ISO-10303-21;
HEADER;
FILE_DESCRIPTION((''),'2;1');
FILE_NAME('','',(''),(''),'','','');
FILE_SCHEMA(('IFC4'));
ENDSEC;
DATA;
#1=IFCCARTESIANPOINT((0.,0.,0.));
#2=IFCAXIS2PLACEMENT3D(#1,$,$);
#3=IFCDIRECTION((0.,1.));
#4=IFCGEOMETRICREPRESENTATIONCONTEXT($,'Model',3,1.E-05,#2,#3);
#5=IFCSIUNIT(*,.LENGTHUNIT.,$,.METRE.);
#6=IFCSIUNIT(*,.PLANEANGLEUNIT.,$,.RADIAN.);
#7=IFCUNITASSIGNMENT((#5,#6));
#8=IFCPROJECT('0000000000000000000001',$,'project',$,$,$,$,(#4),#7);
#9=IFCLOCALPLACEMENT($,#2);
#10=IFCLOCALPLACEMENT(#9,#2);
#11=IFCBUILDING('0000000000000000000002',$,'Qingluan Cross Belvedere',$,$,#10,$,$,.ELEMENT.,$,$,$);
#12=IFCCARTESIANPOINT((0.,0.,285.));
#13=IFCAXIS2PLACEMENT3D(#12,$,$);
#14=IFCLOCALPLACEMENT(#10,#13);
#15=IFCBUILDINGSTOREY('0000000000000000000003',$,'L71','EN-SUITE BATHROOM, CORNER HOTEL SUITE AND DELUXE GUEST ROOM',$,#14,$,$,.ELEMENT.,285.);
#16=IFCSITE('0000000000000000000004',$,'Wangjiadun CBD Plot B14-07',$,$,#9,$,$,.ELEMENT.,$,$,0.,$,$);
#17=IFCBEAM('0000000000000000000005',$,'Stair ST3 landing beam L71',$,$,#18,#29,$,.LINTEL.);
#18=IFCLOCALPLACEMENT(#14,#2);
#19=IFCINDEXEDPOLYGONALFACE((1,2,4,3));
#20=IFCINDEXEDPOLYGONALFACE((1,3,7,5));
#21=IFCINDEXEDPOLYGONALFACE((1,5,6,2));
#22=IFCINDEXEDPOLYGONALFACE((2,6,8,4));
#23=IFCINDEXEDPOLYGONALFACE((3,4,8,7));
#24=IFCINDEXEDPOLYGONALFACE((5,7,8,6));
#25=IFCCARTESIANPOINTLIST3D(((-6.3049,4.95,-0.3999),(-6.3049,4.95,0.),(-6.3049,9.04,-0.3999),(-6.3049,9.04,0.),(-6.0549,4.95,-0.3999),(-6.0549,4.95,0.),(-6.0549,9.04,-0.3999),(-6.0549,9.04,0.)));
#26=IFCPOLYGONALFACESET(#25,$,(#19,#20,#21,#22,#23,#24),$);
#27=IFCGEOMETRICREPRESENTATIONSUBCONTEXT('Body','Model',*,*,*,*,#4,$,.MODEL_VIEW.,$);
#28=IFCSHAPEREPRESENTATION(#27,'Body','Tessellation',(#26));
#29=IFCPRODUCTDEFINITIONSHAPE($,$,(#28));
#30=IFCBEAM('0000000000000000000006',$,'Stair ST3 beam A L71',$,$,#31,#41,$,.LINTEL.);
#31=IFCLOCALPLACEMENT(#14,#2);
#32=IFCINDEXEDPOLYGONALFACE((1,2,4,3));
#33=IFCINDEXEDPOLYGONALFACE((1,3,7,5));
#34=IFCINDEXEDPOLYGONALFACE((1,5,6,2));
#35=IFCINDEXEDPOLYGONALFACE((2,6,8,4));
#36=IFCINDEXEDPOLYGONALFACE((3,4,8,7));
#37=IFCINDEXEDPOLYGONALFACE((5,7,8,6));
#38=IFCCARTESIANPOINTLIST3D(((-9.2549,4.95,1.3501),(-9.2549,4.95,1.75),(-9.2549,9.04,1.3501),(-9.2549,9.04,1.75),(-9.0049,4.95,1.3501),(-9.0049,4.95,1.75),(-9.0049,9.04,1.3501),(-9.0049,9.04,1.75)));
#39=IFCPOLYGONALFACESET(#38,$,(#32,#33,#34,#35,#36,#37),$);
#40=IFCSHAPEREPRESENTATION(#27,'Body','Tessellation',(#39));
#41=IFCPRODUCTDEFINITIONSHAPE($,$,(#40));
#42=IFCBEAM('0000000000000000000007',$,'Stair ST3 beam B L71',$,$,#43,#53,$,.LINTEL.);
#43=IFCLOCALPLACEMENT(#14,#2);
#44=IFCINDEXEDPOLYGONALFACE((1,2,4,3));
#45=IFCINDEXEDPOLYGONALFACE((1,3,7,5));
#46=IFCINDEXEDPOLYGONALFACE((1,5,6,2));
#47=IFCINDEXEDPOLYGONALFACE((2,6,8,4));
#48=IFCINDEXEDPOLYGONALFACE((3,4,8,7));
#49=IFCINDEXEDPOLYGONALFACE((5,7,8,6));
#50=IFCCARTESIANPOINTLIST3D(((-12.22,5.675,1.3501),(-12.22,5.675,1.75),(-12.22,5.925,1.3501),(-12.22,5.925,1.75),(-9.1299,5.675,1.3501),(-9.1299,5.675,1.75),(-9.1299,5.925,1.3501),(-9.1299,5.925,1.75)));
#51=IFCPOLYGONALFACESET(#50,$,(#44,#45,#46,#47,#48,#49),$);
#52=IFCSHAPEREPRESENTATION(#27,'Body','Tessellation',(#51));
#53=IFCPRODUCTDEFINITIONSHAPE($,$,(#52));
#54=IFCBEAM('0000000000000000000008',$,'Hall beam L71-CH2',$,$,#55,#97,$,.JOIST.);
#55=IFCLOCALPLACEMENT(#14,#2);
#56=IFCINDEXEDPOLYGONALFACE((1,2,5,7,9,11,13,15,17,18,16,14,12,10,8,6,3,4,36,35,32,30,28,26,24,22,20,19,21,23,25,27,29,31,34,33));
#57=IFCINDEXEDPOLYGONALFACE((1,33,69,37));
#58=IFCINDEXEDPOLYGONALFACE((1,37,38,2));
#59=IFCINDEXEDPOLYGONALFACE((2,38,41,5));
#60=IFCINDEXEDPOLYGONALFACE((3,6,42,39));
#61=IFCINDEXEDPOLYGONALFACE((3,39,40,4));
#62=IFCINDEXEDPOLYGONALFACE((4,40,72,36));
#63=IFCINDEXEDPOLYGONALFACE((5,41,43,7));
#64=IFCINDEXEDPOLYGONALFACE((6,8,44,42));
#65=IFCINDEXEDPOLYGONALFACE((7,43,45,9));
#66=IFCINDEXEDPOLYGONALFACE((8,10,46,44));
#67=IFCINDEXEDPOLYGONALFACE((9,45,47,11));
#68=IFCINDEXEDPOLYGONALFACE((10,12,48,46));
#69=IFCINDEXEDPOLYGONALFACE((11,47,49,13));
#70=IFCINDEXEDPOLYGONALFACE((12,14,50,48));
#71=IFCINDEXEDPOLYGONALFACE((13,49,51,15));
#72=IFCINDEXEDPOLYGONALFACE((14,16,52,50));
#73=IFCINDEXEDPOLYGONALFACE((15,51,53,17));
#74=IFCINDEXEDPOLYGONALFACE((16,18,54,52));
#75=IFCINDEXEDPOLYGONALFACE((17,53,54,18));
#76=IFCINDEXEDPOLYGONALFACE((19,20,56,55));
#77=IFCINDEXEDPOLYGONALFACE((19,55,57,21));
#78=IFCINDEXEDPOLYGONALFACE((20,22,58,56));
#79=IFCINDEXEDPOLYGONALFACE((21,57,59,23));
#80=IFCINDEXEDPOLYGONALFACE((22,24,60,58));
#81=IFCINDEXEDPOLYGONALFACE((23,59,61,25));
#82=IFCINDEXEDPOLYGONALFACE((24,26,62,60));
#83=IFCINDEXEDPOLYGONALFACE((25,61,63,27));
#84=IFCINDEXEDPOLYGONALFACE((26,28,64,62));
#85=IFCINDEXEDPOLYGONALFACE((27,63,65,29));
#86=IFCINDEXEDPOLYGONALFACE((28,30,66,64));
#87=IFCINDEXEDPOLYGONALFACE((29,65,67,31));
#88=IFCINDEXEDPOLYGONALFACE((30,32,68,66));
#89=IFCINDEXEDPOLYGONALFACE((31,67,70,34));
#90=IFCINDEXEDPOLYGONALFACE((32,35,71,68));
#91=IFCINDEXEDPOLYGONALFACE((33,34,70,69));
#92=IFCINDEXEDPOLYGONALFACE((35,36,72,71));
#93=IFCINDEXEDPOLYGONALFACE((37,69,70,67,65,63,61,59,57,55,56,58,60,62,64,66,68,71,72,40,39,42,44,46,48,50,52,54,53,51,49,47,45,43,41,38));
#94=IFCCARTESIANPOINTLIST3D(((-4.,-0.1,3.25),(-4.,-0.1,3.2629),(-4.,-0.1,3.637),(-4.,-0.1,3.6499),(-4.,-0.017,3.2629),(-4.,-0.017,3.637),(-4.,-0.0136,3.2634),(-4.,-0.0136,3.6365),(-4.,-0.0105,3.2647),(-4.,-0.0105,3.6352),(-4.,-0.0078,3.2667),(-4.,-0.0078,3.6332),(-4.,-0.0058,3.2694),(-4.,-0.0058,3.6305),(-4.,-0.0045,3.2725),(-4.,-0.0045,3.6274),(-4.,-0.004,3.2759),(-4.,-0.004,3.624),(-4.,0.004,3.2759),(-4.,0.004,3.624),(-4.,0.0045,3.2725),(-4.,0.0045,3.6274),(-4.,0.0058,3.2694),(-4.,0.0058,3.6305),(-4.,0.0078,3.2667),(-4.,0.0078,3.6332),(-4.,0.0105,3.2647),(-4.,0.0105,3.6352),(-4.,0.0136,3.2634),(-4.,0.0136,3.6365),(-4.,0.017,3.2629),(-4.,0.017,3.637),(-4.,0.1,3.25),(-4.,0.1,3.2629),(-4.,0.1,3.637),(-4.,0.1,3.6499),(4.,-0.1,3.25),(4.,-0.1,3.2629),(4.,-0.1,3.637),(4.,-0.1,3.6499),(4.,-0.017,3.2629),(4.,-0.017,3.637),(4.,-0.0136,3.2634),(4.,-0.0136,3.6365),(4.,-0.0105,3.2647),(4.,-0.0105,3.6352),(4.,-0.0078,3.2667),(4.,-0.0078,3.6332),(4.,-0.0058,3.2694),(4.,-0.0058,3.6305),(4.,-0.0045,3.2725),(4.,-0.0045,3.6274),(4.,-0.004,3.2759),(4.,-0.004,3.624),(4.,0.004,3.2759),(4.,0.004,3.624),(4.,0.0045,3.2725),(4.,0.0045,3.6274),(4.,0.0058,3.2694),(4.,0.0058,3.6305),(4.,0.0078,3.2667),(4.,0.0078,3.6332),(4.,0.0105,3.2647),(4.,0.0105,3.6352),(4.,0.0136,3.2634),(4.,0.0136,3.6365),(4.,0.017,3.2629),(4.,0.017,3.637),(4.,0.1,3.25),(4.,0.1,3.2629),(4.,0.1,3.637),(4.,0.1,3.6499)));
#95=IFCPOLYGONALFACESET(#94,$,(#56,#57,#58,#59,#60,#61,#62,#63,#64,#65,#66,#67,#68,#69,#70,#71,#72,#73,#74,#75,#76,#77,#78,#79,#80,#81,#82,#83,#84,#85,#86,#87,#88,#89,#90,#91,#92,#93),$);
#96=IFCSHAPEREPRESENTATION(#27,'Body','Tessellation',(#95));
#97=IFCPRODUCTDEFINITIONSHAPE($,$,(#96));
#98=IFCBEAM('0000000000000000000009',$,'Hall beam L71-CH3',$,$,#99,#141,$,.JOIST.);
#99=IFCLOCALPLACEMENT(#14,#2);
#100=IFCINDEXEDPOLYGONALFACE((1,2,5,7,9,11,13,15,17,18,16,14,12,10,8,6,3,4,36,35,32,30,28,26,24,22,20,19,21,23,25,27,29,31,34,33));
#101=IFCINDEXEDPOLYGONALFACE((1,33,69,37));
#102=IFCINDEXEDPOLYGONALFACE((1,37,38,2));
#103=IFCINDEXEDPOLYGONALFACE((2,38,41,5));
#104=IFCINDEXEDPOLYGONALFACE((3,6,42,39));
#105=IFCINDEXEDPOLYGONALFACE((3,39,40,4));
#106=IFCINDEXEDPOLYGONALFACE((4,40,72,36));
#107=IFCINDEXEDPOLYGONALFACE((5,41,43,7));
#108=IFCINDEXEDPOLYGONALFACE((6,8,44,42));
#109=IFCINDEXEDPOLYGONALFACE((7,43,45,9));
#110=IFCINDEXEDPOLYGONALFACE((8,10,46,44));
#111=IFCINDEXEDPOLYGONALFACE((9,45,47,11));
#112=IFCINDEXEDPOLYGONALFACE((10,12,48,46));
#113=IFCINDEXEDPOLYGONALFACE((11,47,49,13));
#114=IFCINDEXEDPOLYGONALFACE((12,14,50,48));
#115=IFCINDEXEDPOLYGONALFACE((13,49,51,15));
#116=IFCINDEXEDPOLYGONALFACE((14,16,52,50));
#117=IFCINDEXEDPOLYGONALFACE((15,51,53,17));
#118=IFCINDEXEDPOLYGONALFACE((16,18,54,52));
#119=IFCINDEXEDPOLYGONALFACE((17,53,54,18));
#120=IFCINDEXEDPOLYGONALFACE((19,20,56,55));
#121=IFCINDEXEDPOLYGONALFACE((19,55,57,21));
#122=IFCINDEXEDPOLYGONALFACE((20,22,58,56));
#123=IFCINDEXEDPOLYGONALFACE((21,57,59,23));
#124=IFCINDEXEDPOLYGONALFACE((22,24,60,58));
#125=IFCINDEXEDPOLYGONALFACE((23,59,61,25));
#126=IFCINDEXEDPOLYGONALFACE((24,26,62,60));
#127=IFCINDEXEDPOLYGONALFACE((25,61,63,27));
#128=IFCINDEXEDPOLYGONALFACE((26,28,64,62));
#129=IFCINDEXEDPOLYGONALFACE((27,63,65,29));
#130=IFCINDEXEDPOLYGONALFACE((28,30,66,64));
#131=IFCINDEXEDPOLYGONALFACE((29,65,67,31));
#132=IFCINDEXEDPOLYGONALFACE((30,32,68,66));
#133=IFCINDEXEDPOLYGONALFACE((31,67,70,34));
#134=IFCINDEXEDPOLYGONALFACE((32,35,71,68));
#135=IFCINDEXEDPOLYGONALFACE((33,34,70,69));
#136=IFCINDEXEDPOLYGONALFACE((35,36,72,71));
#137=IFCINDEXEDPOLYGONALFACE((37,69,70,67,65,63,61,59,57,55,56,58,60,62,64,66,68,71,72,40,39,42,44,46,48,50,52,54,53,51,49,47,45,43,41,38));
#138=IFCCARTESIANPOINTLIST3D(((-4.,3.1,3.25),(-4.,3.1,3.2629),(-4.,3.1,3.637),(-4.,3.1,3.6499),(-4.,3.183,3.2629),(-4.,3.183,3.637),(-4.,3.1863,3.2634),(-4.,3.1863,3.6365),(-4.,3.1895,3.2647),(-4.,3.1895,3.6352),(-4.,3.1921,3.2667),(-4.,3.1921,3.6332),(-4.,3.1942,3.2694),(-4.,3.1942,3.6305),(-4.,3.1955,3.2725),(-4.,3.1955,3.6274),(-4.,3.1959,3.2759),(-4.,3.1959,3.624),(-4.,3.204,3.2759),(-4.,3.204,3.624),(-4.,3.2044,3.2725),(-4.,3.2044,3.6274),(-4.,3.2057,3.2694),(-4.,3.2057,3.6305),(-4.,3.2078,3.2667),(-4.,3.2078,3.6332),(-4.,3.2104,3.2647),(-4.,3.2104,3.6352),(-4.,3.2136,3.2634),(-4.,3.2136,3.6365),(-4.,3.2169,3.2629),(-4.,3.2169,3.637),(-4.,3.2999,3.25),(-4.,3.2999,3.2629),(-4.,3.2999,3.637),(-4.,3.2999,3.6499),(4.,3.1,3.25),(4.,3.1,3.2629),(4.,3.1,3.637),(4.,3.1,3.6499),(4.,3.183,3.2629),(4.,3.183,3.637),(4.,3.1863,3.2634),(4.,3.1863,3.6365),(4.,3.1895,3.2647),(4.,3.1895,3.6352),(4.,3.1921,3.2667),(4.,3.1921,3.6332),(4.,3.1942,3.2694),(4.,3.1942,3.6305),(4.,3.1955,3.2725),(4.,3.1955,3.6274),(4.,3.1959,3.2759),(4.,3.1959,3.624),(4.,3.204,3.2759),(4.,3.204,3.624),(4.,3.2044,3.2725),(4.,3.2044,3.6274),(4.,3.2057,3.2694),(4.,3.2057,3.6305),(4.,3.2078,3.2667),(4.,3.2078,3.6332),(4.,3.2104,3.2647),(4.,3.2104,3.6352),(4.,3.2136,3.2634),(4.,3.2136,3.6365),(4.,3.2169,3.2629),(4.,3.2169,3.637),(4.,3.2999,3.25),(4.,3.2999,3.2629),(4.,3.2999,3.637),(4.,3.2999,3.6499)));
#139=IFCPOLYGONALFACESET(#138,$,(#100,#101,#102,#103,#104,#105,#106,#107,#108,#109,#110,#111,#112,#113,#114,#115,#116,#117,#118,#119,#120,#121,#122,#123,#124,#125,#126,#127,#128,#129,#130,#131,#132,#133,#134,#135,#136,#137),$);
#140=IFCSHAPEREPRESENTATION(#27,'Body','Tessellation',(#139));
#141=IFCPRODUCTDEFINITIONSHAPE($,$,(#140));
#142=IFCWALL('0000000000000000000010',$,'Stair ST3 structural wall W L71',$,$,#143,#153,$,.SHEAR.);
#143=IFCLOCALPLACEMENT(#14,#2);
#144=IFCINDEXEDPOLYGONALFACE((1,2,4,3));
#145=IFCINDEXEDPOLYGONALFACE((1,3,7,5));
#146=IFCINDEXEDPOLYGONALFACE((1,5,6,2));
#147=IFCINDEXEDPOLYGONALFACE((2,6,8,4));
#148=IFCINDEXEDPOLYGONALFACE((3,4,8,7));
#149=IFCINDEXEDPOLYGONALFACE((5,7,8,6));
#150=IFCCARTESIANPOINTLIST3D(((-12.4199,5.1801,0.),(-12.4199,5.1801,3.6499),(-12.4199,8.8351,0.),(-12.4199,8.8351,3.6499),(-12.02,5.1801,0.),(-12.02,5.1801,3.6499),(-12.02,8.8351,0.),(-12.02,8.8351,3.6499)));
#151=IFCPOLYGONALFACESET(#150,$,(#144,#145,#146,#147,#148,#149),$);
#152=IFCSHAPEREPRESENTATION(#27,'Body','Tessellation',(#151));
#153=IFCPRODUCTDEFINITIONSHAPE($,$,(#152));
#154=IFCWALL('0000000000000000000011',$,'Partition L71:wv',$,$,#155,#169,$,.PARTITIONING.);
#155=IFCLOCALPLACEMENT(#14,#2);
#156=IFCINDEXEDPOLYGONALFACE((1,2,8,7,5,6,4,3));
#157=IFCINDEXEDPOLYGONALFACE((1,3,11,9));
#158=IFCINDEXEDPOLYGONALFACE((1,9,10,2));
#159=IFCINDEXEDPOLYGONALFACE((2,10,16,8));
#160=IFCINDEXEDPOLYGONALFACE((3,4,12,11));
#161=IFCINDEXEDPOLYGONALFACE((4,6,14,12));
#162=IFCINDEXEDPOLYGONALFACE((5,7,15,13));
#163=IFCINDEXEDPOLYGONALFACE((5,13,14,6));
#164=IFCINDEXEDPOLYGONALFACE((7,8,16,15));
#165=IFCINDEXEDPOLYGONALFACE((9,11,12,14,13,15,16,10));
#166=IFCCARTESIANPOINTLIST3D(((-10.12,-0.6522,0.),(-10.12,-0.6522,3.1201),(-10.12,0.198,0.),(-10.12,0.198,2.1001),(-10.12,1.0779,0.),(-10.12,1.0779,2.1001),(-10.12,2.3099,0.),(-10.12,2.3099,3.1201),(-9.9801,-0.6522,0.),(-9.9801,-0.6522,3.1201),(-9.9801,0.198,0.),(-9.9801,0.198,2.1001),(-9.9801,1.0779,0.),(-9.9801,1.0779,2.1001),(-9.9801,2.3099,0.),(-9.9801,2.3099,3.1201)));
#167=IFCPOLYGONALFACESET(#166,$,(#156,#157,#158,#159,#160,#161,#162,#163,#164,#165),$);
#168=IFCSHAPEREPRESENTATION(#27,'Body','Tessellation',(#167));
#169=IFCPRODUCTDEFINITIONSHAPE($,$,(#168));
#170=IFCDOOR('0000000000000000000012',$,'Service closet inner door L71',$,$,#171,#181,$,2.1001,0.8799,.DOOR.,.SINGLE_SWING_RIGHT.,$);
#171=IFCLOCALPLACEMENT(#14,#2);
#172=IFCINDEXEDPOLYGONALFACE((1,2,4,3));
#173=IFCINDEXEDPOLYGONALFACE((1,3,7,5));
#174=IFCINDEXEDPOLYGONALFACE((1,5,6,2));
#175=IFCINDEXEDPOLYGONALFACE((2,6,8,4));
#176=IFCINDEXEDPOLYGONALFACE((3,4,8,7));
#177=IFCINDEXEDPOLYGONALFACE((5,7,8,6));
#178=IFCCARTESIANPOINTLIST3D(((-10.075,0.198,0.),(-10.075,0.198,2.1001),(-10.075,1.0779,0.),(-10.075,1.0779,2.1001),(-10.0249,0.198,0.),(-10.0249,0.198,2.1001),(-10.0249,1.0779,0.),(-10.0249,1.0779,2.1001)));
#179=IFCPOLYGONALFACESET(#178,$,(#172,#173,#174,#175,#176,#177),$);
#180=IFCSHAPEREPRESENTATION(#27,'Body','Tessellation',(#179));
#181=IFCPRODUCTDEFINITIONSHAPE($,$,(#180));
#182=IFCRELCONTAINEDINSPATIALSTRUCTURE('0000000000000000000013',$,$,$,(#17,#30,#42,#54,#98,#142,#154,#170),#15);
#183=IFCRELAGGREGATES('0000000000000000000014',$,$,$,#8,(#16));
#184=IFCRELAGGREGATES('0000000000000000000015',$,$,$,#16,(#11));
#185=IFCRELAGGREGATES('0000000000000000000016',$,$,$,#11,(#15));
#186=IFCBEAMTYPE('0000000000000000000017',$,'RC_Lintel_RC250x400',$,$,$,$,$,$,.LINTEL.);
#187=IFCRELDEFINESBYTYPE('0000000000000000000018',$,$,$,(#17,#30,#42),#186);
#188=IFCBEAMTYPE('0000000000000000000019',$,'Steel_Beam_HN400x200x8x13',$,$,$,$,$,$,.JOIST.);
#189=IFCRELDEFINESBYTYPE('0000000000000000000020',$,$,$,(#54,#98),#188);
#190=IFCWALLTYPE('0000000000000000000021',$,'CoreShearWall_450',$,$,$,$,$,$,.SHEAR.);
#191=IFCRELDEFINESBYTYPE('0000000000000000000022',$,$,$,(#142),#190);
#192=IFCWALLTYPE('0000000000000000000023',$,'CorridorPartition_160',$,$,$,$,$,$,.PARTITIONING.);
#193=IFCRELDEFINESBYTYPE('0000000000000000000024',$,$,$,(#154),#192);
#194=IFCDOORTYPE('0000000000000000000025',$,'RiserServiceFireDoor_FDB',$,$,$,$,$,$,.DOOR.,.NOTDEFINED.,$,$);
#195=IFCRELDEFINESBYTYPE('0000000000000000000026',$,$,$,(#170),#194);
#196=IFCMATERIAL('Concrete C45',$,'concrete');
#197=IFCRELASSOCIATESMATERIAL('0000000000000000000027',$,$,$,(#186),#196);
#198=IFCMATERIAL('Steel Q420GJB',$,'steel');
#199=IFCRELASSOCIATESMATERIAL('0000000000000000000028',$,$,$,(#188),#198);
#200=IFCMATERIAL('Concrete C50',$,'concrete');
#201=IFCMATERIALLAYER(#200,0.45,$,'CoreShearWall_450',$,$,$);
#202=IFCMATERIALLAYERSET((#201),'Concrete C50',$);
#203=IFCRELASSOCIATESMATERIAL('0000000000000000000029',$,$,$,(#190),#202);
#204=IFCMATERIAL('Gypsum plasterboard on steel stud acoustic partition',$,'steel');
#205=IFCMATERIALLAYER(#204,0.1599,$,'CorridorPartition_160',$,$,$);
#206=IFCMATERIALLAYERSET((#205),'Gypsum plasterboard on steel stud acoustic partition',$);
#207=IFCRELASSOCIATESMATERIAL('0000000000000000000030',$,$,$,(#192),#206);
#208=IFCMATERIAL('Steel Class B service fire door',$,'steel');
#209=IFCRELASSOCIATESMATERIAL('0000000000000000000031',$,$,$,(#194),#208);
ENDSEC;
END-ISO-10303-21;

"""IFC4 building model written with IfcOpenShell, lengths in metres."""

from ifc_helpers import new_model, si_unit, direction, frame, frame_2d, origin, origin_2d, place, context, subcontext, project, spatial, rectangle, i_section, extrude, material, layer, layer_set, material_profile, profile_set, type_object, element, fill, save


model = new_model("IFC4")

# Units and contexts
model_context = context("Model", 3, precision=1e-05, world=origin(), true_north=direction((0.0, 1.0)))
body_context = subcontext(model_context, "Body", "Model", "MODEL_VIEW")
ifc_project = project(units=[si_unit("LENGTHUNIT", "METRE"), si_unit("PLANEANGLEUNIT", "RADIAN")], contexts=[model_context])

# Site, building, storey
site_placement = place(None, origin())
site = spatial("IfcSite", under=ifc_project, at=site_placement, Name="Wangjiadun CBD Plot B14-07", CompositionType="ELEMENT", RefElevation=0.0)
building_placement = place(site_placement, origin())
building = spatial("IfcBuilding", under=site, at=building_placement, Name="Qingluan Cross Belvedere", CompositionType="ELEMENT")
storey_placement = place(building_placement, frame((0.0, 0.0, 285.0)))
storey = spatial("IfcBuildingStorey", under=building, at=storey_placement, Name="L71", Description="EN-SUITE BATHROOM, CORNER HOTEL SUITE AND DELUXE GUEST ROOM", CompositionType="ELEMENT", Elevation=285.0)

# Beams
ifc_material_1 = material(Name="Concrete C45", Category="concrete")
ifc_material_profile_1 = material_profile(ifc_material_1, rectangle(XDim=0.25, YDim=0.3999, at=origin_2d()), Name="RC250x400")
ifc_profile_set_1 = profile_set([ifc_material_profile_1], Name="Concrete C45")
beam_type_1 = type_object("IfcBeamType", Name="RC_Lintel_RC250x400", PredefinedType="LINTEL", material=ifc_profile_set_1)
for number, where, z_axis, x_axis, name in (
    (1, (-6.1799, 4.95, -0.2), (0.0, 1.0, 0.0), (-1.0, 0.0, 0.0), "Stair ST3 landing beam L71"),
    (2, (-9.1299, 4.95, 1.55), (0.0, 1.0, 0.0), (-1.0, 0.0, 0.0), "Stair ST3 beam A L71"),
):
    element("IfcBeam", number, at=place(storey_placement, frame(where, z_axis=z_axis, x_axis=x_axis)), inside=storey, type_object=beam_type_1, Name=name, PredefinedType="LINTEL", context=body_context, shape_type="SweptSolid", body=[
        extrude(rectangle(XDim=0.25, YDim=0.3999, at=origin_2d()), origin(), (0.0, 0.0, 1.0), 4.0901),
    ])
beam_placement = place(storey_placement, frame((-12.22, 5.8, 1.55), z_axis=(1.0, 0.0, 0.0), x_axis=(0.0, 1.0, 0.0)))
element("IfcBeam", 3, at=beam_placement, inside=storey, type_object=beam_type_1, Name="Stair ST3 beam B L71", PredefinedType="LINTEL", context=body_context, shape_type="SweptSolid", body=[
    extrude(rectangle(XDim=0.25, YDim=0.3999, at=origin_2d()), origin(), (0.0, 0.0, 1.0), 3.0901),
])
ifc_material_2 = material(Name="Steel Q420GJB", Category="steel")
ifc_material_profile_2 = material_profile(ifc_material_2, i_section(OverallWidth=0.2, OverallDepth=0.3999, WebThickness=0.0081, FlangeThickness=0.0129, FilletRadius=0.0129, at=origin_2d()), Name="HN400x200x8x13")
ifc_profile_set_2 = profile_set([ifc_material_profile_2], Name="Steel Q420GJB")
beam_type_2 = type_object("IfcBeamType", Name="Steel_Beam_HN400x200x8x13", PredefinedType="JOIST", material=ifc_profile_set_2)
for number, where, z_axis, x_axis, name in (
    (4, (-4.0, 0.0, 3.45), (1.0, 0.0, 0.0), (0.0, 1.0, 0.0), "Hall beam L71-CH2"),
    (5, (-4.0, 3.2, 3.45), (1.0, 0.0, 0.0), (0.0, 1.0, 0.0), "Hall beam L71-CH3"),
):
    element("IfcBeam", number, at=place(storey_placement, frame(where, z_axis=z_axis, x_axis=x_axis)), inside=storey, type_object=beam_type_2, Name=name, PredefinedType="JOIST", context=body_context, shape_type="SweptSolid", body=[
        extrude(i_section(OverallWidth=0.2, OverallDepth=0.3999, WebThickness=0.0081, FlangeThickness=0.0129, FilletRadius=0.0129, at=origin_2d()), origin(), (0.0, 0.0, 1.0), 8.0),
    ])

# Wall
ifc_material_3 = material(Name="Concrete C50", Category="concrete")
ifc_layer_1 = layer(ifc_material_3, 0.45, Name="CoreShearWall_450")
ifc_layer_set_1 = layer_set([ifc_layer_1], Name="Concrete C50")
wall_type_1 = type_object("IfcWallType", Name="CoreShearWall_450", PredefinedType="SHEAR", material=ifc_layer_set_1)
wall_1_placement = place(storey_placement, frame((-12.22, 5.1799, 0.0), z_axis=(0.0, 0.0, 1.0), x_axis=(0.0, 1.0, 0.0)))
element("IfcWall", 6, at=wall_1_placement, inside=storey, type_object=wall_type_1, Name="Stair ST3 structural wall W L71", PredefinedType="SHEAR", context=body_context, shape_type="SweptSolid", body=[
    extrude(rectangle(XDim=3.655, YDim=0.3999, at=frame_2d((1.8276, 0.0))), origin(), (0.0, 0.0, 1.0), 3.6499),
])

# Wall, opening, door
ifc_material_4 = material(Name="Gypsum plasterboard on steel stud acoustic partition", Category="steel")
ifc_layer_2 = layer(ifc_material_4, 0.1599, Name="CorridorPartition_160")
ifc_layer_set_2 = layer_set([ifc_layer_2], Name="Gypsum plasterboard on steel stud acoustic partition")
wall_type_2 = type_object("IfcWallType", Name="CorridorPartition_160", PredefinedType="PARTITIONING", material=ifc_layer_set_2)
wall_2_placement = place(storey_placement, frame((-10.05, -0.6521, 0.0), z_axis=(0.0, 0.0, 1.0), x_axis=(0.0, 1.0, 0.0)))
wall_2 = element("IfcWall", 7, at=wall_2_placement, inside=storey, type_object=wall_type_2, Name="Partition L71:wv", PredefinedType="PARTITIONING", context=body_context, shape_type="SweptSolid", body=[
    extrude(rectangle(XDim=2.9622, YDim=0.1399, at=frame_2d((1.481, 0.0))), origin(), (0.0, 0.0, 1.0), 3.1201),
])
opening_1_placement = place(wall_2_placement, frame((0.8501, 0.0, 0.0)))
opening_1 = element("IfcOpeningElement", 8, at=opening_1_placement, cuts=wall_2, PredefinedType="OPENING", context=body_context, shape_type="SweptSolid", body=[
    extrude(rectangle(XDim=0.8799, YDim=2.1001, at=frame_2d((0.4399, 1.05))), frame((0.0, 0.0798, 0.0), z_axis=(0.0, -1.0, 0.0), x_axis=(1.0, 0.0, 0.0)), (0.0, 0.0, 1.0), 0.1599),
])
ifc_material_5 = material(Name="Steel Class B service fire door", Category="steel")
door_type_1 = type_object("IfcDoorType", Name="RiserServiceFireDoor_FDB", OperationType="NOTDEFINED", PredefinedType="DOOR", material=ifc_material_5)
door_1_placement = place(opening_1_placement, origin())
door_1 = element("IfcDoor", 9, at=door_1_placement, inside=storey, type_object=door_type_1, Name="Service closet inner door L71", OperationType="SINGLE_SWING_RIGHT", OverallHeight=2.1001, OverallWidth=0.8799, PredefinedType="DOOR", context=body_context, shape_type="SweptSolid", body=[
    extrude(rectangle(XDim=0.8799, YDim=2.1001, at=frame_2d((0.4399, 1.05))), frame((0.0, 0.0249, 0.0), z_axis=(0.0, -1.0, 0.0), x_axis=(1.0, 0.0, 0.0)), (0.0, 0.0, 1.0), 0.05),
])
fill(opening_1, door_1)

save(model, "model.ifc")
